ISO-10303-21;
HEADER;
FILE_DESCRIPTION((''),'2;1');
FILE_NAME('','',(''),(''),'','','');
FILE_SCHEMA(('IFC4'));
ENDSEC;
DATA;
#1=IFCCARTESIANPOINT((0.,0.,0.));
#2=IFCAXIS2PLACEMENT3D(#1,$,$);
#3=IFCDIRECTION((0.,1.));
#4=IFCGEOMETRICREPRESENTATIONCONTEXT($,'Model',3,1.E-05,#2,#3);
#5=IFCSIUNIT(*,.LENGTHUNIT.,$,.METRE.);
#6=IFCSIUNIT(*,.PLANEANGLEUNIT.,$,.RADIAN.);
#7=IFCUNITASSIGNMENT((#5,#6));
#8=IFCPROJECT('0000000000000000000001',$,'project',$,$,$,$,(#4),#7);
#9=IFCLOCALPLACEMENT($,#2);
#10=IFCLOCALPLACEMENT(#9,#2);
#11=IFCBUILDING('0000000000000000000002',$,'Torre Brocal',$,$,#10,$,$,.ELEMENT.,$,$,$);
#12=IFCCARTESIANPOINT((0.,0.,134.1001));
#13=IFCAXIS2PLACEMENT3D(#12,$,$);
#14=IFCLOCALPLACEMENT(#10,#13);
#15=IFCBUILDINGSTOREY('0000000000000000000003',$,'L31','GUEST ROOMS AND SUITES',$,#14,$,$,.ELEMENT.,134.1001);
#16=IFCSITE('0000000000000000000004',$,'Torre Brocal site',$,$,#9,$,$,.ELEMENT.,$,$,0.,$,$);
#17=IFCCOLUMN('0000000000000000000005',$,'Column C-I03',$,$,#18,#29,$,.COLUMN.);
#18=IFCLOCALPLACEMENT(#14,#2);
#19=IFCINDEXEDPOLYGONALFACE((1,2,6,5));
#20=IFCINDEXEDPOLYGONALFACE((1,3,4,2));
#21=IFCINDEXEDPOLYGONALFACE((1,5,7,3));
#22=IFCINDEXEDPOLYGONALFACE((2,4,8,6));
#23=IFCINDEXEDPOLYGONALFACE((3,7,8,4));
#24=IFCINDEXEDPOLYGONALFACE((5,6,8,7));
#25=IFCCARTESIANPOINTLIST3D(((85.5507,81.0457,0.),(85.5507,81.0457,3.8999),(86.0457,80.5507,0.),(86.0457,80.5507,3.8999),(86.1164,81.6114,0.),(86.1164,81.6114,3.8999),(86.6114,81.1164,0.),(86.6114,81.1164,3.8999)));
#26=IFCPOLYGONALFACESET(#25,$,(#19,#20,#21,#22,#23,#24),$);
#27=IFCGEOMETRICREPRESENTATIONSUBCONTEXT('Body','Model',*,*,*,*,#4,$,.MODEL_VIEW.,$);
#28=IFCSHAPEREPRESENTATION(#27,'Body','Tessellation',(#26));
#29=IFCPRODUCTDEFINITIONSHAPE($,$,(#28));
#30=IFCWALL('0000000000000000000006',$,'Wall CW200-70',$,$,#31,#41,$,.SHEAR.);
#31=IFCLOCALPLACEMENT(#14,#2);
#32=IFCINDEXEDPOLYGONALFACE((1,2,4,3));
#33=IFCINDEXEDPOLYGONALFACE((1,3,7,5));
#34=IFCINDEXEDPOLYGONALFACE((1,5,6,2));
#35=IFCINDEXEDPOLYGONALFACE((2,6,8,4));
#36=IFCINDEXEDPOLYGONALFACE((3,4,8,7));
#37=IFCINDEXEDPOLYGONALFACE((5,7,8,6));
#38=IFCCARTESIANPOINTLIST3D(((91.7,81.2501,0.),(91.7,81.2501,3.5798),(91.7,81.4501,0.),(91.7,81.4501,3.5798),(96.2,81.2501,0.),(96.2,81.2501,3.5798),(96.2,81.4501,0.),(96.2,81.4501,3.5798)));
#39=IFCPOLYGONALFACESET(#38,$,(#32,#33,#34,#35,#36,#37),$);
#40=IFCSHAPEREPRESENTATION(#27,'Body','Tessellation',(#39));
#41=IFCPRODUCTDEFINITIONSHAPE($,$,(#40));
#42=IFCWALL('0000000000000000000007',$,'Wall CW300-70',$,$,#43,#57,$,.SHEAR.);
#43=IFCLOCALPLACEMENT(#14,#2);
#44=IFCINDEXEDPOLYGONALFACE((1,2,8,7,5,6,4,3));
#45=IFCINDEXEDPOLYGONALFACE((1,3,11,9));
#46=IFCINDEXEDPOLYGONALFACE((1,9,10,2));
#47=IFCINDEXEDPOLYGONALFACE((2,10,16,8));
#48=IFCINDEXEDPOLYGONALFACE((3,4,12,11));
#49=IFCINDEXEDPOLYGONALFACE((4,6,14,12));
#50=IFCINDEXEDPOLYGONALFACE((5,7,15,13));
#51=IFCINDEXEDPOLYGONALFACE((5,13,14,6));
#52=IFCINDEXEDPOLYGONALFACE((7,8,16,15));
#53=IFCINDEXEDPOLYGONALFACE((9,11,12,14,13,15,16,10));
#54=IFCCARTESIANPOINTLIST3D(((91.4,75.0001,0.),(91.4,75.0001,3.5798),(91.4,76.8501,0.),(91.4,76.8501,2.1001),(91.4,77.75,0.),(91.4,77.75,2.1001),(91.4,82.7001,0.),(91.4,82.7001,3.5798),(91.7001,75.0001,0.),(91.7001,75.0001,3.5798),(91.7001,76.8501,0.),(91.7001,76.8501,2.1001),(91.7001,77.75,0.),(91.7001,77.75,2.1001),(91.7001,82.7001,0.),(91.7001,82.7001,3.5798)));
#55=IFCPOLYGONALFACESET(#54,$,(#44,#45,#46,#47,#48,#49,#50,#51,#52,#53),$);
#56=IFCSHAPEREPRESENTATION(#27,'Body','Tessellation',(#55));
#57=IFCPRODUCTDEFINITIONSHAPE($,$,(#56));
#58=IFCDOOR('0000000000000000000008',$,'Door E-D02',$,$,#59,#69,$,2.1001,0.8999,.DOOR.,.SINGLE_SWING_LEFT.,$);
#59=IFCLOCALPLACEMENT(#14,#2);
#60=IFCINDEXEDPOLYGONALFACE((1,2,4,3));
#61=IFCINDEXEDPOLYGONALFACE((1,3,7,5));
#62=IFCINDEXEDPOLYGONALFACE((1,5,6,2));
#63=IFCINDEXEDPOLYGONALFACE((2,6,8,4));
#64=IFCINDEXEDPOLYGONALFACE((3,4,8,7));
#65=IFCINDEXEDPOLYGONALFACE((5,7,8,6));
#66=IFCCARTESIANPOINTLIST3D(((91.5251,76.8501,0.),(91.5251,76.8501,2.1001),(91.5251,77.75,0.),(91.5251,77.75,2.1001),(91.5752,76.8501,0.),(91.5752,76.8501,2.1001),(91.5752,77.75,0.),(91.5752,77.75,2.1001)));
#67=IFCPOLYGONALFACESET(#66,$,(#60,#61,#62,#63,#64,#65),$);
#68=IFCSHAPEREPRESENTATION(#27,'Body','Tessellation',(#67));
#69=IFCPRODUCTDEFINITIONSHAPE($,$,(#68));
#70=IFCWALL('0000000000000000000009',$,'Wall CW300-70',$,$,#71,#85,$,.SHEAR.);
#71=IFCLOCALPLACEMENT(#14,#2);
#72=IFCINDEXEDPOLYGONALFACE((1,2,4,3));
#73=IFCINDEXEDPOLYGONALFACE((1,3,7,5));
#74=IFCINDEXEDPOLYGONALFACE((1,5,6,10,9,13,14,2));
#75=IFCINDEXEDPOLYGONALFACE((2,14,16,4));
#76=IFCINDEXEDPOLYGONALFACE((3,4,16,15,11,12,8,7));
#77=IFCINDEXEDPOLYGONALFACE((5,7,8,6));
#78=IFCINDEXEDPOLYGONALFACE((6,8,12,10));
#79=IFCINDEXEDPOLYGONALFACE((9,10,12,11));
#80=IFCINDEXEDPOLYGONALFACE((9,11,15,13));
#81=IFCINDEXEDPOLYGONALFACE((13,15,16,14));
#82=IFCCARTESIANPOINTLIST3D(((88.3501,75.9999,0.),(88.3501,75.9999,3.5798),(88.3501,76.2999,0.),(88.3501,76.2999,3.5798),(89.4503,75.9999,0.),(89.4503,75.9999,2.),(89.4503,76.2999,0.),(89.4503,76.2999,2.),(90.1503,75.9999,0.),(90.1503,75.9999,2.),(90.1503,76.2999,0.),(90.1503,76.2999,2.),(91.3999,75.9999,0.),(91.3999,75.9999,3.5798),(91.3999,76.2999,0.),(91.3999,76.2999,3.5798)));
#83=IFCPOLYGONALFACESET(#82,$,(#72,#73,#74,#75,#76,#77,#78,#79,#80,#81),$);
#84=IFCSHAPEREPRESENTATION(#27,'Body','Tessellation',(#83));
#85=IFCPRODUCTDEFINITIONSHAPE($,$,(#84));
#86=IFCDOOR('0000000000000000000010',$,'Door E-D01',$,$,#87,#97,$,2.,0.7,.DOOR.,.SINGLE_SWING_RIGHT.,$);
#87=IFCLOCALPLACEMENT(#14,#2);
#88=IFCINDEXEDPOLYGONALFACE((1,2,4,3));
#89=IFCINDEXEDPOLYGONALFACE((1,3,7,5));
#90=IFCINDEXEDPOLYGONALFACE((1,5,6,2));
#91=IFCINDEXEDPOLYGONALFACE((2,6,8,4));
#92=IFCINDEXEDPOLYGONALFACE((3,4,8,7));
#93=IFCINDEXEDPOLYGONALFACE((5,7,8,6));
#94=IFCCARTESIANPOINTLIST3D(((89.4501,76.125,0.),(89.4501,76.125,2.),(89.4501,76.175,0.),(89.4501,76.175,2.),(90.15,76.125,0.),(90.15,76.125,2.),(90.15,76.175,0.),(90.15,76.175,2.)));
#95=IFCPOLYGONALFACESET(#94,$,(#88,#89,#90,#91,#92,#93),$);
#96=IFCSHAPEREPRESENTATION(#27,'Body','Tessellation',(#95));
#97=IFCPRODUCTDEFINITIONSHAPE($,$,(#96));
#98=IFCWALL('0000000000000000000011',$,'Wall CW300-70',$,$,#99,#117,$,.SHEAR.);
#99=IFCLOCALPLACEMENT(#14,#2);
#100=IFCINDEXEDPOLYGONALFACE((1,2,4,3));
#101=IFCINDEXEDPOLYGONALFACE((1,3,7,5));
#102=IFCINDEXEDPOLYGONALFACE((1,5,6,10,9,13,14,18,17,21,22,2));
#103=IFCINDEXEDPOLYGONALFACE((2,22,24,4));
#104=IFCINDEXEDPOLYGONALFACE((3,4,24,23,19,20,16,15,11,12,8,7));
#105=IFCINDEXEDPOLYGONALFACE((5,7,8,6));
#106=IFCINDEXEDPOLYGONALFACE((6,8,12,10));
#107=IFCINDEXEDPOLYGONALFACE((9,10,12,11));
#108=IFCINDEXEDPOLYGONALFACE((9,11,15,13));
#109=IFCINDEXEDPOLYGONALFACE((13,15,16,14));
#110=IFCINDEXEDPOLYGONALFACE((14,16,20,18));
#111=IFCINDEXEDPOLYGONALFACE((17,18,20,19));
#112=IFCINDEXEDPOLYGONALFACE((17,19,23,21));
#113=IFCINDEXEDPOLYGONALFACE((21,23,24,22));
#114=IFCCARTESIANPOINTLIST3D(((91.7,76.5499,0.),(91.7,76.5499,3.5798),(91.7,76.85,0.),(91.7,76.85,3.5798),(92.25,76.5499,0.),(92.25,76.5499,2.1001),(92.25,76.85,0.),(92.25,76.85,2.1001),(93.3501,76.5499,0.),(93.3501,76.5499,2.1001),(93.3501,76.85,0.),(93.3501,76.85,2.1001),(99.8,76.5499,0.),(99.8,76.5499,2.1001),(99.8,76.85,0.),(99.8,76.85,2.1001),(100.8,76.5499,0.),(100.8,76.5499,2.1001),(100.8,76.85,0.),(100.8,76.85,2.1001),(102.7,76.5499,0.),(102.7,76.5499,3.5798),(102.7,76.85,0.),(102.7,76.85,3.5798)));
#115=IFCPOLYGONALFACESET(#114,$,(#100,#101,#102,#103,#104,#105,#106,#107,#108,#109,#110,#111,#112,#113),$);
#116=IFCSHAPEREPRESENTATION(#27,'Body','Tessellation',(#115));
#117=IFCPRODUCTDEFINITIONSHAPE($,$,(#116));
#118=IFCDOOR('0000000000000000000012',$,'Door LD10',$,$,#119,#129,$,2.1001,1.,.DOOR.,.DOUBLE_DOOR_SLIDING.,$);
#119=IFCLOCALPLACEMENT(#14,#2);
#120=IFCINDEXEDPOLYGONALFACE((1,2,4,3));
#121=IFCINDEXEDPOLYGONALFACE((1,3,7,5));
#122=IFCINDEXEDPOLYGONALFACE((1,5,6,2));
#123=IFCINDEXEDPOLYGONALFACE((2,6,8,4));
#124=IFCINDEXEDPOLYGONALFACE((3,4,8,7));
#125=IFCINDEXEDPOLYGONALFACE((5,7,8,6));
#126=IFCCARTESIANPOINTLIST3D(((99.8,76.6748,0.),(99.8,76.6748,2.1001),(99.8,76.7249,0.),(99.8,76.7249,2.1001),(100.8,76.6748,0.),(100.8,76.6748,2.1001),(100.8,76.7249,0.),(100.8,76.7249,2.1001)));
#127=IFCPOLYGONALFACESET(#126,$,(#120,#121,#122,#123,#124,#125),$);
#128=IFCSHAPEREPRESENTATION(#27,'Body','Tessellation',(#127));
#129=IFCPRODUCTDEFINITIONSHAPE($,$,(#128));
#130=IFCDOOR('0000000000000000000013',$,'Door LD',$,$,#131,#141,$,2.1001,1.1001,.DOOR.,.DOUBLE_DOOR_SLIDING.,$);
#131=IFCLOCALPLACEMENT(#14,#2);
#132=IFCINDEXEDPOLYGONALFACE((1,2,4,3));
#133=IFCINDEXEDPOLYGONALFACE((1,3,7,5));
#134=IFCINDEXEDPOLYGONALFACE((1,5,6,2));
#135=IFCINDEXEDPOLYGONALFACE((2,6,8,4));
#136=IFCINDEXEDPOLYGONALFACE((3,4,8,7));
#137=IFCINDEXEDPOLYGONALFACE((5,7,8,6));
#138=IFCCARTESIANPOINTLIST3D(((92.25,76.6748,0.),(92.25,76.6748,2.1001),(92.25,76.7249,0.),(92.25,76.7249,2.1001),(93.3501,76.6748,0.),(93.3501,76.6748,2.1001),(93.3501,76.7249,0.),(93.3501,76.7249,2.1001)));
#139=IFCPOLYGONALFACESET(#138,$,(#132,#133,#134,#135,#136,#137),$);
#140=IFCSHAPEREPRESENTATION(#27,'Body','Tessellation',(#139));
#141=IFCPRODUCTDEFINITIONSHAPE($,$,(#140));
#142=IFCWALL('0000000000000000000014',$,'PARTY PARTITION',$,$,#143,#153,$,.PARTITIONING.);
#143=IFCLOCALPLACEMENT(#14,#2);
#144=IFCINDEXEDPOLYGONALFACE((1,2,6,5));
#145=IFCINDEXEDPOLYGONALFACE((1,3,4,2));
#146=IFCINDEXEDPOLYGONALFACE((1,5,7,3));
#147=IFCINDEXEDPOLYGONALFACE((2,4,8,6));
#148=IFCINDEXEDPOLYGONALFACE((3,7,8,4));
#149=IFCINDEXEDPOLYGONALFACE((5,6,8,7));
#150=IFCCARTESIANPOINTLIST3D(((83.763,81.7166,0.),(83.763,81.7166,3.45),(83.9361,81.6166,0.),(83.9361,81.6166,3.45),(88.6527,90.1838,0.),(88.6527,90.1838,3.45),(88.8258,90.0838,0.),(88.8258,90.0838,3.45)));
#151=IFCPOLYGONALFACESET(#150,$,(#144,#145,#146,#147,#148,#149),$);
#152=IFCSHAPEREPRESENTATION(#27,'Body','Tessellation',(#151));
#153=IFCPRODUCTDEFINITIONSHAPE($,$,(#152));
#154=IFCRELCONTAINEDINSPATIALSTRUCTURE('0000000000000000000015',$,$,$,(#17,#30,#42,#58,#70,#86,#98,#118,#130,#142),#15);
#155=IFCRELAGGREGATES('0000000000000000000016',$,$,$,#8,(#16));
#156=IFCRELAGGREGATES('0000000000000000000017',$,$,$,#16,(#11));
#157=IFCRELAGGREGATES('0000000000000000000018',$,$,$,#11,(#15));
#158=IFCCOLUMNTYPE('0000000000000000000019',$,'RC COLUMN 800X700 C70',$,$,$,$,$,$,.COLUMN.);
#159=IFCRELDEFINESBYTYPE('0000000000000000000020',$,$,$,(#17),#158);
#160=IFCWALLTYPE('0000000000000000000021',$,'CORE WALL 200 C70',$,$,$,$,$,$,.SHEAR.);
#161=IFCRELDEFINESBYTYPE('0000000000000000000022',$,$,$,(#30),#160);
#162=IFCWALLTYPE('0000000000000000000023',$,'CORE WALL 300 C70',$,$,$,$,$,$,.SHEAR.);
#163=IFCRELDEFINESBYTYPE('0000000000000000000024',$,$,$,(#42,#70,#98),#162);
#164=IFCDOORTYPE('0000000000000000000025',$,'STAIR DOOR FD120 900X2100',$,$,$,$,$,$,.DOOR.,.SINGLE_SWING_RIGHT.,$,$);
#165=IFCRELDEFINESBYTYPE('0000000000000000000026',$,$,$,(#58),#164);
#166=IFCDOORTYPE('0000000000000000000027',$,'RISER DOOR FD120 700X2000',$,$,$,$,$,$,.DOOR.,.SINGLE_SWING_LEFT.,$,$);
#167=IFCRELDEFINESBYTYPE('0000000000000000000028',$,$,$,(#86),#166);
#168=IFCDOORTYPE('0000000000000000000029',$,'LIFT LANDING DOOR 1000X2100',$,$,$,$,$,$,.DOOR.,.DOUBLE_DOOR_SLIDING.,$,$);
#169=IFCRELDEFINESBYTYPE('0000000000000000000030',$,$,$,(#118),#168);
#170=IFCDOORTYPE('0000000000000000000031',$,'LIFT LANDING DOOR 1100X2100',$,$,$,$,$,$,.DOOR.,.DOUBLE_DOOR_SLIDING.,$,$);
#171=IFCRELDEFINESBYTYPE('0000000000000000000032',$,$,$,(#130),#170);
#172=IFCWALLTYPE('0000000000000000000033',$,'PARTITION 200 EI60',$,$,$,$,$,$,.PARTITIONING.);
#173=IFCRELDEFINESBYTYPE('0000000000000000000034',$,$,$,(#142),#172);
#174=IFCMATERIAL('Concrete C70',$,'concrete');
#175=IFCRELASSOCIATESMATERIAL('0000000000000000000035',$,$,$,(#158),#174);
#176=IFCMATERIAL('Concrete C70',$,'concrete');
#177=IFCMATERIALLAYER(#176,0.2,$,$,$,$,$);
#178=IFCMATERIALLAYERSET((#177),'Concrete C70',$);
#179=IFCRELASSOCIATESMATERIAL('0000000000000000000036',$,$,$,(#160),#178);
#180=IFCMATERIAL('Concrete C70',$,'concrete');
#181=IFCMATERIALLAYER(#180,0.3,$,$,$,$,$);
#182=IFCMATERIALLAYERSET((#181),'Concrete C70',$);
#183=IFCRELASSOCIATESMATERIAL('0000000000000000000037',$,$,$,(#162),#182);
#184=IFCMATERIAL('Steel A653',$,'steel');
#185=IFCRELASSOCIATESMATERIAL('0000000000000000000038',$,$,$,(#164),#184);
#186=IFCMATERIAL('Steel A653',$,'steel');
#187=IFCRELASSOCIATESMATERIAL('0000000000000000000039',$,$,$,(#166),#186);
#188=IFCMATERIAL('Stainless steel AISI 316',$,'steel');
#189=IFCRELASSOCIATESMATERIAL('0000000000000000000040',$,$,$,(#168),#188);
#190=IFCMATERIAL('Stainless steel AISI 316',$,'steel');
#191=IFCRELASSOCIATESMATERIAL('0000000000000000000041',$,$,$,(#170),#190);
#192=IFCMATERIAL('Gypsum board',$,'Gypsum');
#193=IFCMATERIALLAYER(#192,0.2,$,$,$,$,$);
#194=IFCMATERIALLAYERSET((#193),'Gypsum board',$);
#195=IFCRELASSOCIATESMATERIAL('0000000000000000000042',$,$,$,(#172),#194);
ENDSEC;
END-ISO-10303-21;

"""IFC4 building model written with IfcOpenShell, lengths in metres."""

from ifc_helpers import new_model, si_unit, direction, frame, frame_2d, origin, origin_2d, place, context, subcontext, project, spatial, rectangle, extrude, material, layer, layer_set, material_profile, profile_set, type_object, element, fill, save


model = new_model("IFC4")

# Units and contexts
model_context = context("Model", 3, precision=1e-05, world=origin(), true_north=direction((0.0, 1.0)))
body_context = subcontext(model_context, "Body", "Model", "MODEL_VIEW")
ifc_project = project(units=[si_unit("LENGTHUNIT", "METRE"), si_unit("PLANEANGLEUNIT", "RADIAN")], contexts=[model_context])

# Site, building, storey
site_placement = place(None, origin())
site = spatial("IfcSite", under=ifc_project, at=site_placement, Name="Torre Brocal site", CompositionType="ELEMENT", RefElevation=0.0)
building_placement = place(site_placement, origin())
building = spatial("IfcBuilding", under=site, at=building_placement, Name="Torre Brocal", CompositionType="ELEMENT")
storey_placement = place(building_placement, frame((0.0, 0.0, 134.1001)))
storey = spatial("IfcBuildingStorey", under=building, at=storey_placement, Name="L31", Description="GUEST ROOMS AND SUITES", CompositionType="ELEMENT", Elevation=134.1001)

# Column
ifc_material_1 = material(Name="Concrete C70", Category="concrete")
ifc_material_profile = material_profile(ifc_material_1, rectangle(XDim=0.8, YDim=0.7, at=origin_2d()), Name="RC 800X700")
ifc_profile_set = profile_set([ifc_material_profile], Name="Concrete C70")
column_type = type_object("IfcColumnType", Name="RC COLUMN 800X700 C70", PredefinedType="COLUMN", material=ifc_profile_set)
column_placement = place(storey_placement, frame((86.0811, 81.0811, 0.0), z_axis=(0.0, 0.0, 1.0), x_axis=(0.707107, 0.707107, 0.0)))
element("IfcColumn", 1, at=column_placement, inside=storey, type_object=column_type, Name="Column C-I03", PredefinedType="COLUMN", context=body_context, shape_type="SweptSolid", body=[
    extrude(rectangle(XDim=0.8, YDim=0.7, at=origin_2d()), origin(), (0.0, 0.0, 1.0), 3.8999),
])

# Wall
ifc_material_2 = material(Name="Concrete C70", Category="concrete")
ifc_layer_1 = layer(ifc_material_2, 0.2)
ifc_layer_set_1 = layer_set([ifc_layer_1], Name="Concrete C70")
wall_type_1 = type_object("IfcWallType", Name="CORE WALL 200 C70", PredefinedType="SHEAR", material=ifc_layer_set_1)
wall_1_placement = place(storey_placement, frame((91.7, 81.3501, 0.0), z_axis=(0.0, 0.0, 1.0), x_axis=(1.0, 0.0, 0.0)))
element("IfcWall", 2, at=wall_1_placement, inside=storey, type_object=wall_type_1, Name="Wall CW200-70", PredefinedType="SHEAR", context=body_context, shape_type="SweptSolid", body=[
    extrude(rectangle(XDim=4.5, YDim=0.2, at=frame_2d((2.25, 0.0))), origin(), (0.0, 0.0, 1.0), 3.5798),
])

# Walls, openings, doors
ifc_material_3 = material(Name="Concrete C70", Category="concrete")
ifc_layer_2 = layer(ifc_material_3, 0.3)
ifc_layer_set_2 = layer_set([ifc_layer_2], Name="Concrete C70")
wall_type_2 = type_object("IfcWallType", Name="CORE WALL 300 C70", PredefinedType="SHEAR", material=ifc_layer_set_2)
wall_2_placement = place(storey_placement, frame((91.55, 75.0, 0.0), z_axis=(0.0, 0.0, 1.0), x_axis=(0.0, 1.0, 0.0)))
wall_2 = element("IfcWall", 3, at=wall_2_placement, inside=storey, type_object=wall_type_2, Name="Wall CW300-70", PredefinedType="SHEAR", context=body_context, shape_type="SweptSolid", body=[
    extrude(rectangle(XDim=7.7, YDim=0.3, at=frame_2d((3.8501, 0.0))), origin(), (0.0, 0.0, 1.0), 3.5798),
])
opening_1_placement = place(wall_2_placement, frame((1.8501, 0.0, 0.0)))
opening_1 = element("IfcOpeningElement", 4, at=opening_1_placement, cuts=wall_2, PredefinedType="OPENING", context=body_context, shape_type="SweptSolid", body=[
    extrude(rectangle(XDim=0.8999, YDim=2.1001, at=frame_2d((0.45, 1.05))), frame((0.0, 0.1599, 0.0), z_axis=(0.0, -1.0, 0.0), x_axis=(1.0, 0.0, 0.0)), (0.0, 0.0, 1.0), 0.3201),
])
ifc_material_4 = material(Name="Steel A653", Category="steel")
door_type_1 = type_object("IfcDoorType", Name="STAIR DOOR FD120 900X2100", OperationType="SINGLE_SWING_RIGHT", PredefinedType="DOOR", material=ifc_material_4)
door_1_placement = place(opening_1_placement, origin())
door_1 = element("IfcDoor", 5, at=door_1_placement, inside=storey, type_object=door_type_1, Name="Door E-D02", OperationType="SINGLE_SWING_LEFT", OverallHeight=2.1001, OverallWidth=0.8999, PredefinedType="DOOR", context=body_context, shape_type="SweptSolid", body=[
    extrude(rectangle(XDim=0.8999, YDim=2.1001, at=frame_2d((0.45, 1.05))), frame((0.0, 0.0249, 0.0), z_axis=(0.0, -1.0, 0.0), x_axis=(1.0, 0.0, 0.0)), (0.0, 0.0, 1.0), 0.05),
])
fill(opening_1, door_1)
wall_3_placement = place(storey_placement, frame((88.3501, 76.1499, 0.0), z_axis=(0.0, 0.0, 1.0), x_axis=(1.0, 0.0, 0.0)))
wall_3 = element("IfcWall", 6, at=wall_3_placement, inside=storey, type_object=wall_type_2, Name="Wall CW300-70", PredefinedType="SHEAR", context=body_context, shape_type="SweptSolid", body=[
    extrude(rectangle(XDim=3.0498, YDim=0.3, at=frame_2d((1.5249, 0.0))), origin(), (0.0, 0.0, 1.0), 3.5798),
])
opening_2_placement = place(wall_3_placement, frame((1.1001, 0.0, 0.0)))
opening_2 = element("IfcOpeningElement", 7, at=opening_2_placement, cuts=wall_3, PredefinedType="OPENING", context=body_context, shape_type="SweptSolid", body=[
    extrude(rectangle(XDim=0.7, YDim=2.0, at=frame_2d((0.3501, 1.0))), frame((0.0, 0.1599, 0.0), z_axis=(0.0, -1.0, 0.0), x_axis=(1.0, 0.0, 0.0)), (0.0, 0.0, 1.0), 0.3201),
])
ifc_material_5 = material(Name="Steel A653", Category="steel")
door_type_2 = type_object("IfcDoorType", Name="RISER DOOR FD120 700X2000", OperationType="SINGLE_SWING_LEFT", PredefinedType="DOOR", material=ifc_material_5)
door_2_placement = place(opening_2_placement, frame((0.7, 0.0, 0.0), z_axis=(0.0, 0.0, 1.0), x_axis=(-1.0, 0.0, 0.0)))
door_2 = element("IfcDoor", 8, at=door_2_placement, inside=storey, type_object=door_type_2, Name="Door E-D01", OperationType="SINGLE_SWING_RIGHT", OverallHeight=2.0, OverallWidth=0.7, PredefinedType="DOOR", context=body_context, shape_type="SweptSolid", body=[
    extrude(rectangle(XDim=0.7, YDim=2.0, at=frame_2d((0.3501, 1.0))), frame((0.0, 0.0249, 0.0), z_axis=(0.0, -1.0, 0.0), x_axis=(1.0, 0.0, 0.0)), (0.0, 0.0, 1.0), 0.05),
])
fill(opening_2, door_2)

# Wall, openings, doors
wall_4_placement = place(storey_placement, frame((91.7, 76.7, 0.0), z_axis=(0.0, 0.0, 1.0), x_axis=(1.0, 0.0, 0.0)))
wall_4 = element("IfcWall", 9, at=wall_4_placement, inside=storey, type_object=wall_type_2, Name="Wall CW300-70", PredefinedType="SHEAR", context=body_context, shape_type="SweptSolid", body=[
    extrude(rectangle(XDim=11.0, YDim=0.3, at=frame_2d((5.5, 0.0))), origin(), (0.0, 0.0, 1.0), 3.5798),
])
opening_3_placement = place(wall_4_placement, frame((0.55, 0.0, 0.0)))
opening_3 = element("IfcOpeningElement", 10, at=opening_3_placement, cuts=wall_4, PredefinedType="OPENING", context=body_context, shape_type="SweptSolid", body=[
    extrude(rectangle(XDim=1.1001, YDim=2.1001, at=frame_2d((0.55, 1.05))), frame((0.0, 0.1599, 0.0), z_axis=(0.0, -1.0, 0.0), x_axis=(1.0, 0.0, 0.0)), (0.0, 0.0, 1.0), 0.3201),
])
opening_4_placement = place(wall_4_placement, frame((8.1001, 0.0, 0.0)))
opening_4 = element("IfcOpeningElement", 11, at=opening_4_placement, cuts=wall_4, PredefinedType="OPENING", context=body_context, shape_type="SweptSolid", body=[
    extrude(rectangle(XDim=1.0, YDim=2.1001, at=frame_2d((0.5, 1.05))), frame((0.0, 0.1599, 0.0), z_axis=(0.0, -1.0, 0.0), x_axis=(1.0, 0.0, 0.0)), (0.0, 0.0, 1.0), 0.3201),
])
ifc_material_6 = material(Name="Stainless steel AISI 316", Category="steel")
door_type_3 = type_object("IfcDoorType", Name="LIFT LANDING DOOR 1000X2100", OperationType="DOUBLE_DOOR_SLIDING", PredefinedType="DOOR", material=ifc_material_6)
door_3_placement = place(opening_4_placement, origin())
door_3 = element("IfcDoor", 12, at=door_3_placement, inside=storey, type_object=door_type_3, Name="Door LD10", OperationType="DOUBLE_DOOR_SLIDING", OverallHeight=2.1001, OverallWidth=1.0, PredefinedType="DOOR", context=body_context, shape_type="SweptSolid", body=[
    extrude(rectangle(XDim=1.0, YDim=2.1001, at=frame_2d((0.5, 1.05))), frame((0.0, 0.0249, 0.0), z_axis=(0.0, -1.0, 0.0), x_axis=(1.0, 0.0, 0.0)), (0.0, 0.0, 1.0), 0.05),
])
fill(opening_4, door_3)
ifc_material_7 = material(Name="Stainless steel AISI 316", Category="steel")
door_type_4 = type_object("IfcDoorType", Name="LIFT LANDING DOOR 1100X2100", OperationType="DOUBLE_DOOR_SLIDING", PredefinedType="DOOR", material=ifc_material_7)
door_4_placement = place(opening_3_placement, origin())
door_4 = element("IfcDoor", 13, at=door_4_placement, inside=storey, type_object=door_type_4, Name="Door LD", OperationType="DOUBLE_DOOR_SLIDING", OverallHeight=2.1001, OverallWidth=1.1001, PredefinedType="DOOR", context=body_context, shape_type="SweptSolid", body=[
    extrude(rectangle(XDim=1.1001, YDim=2.1001, at=frame_2d((0.55, 1.05))), frame((0.0, 0.0249, 0.0), z_axis=(0.0, -1.0, 0.0), x_axis=(1.0, 0.0, 0.0)), (0.0, 0.0, 1.0), 0.05),
])
fill(opening_3, door_4)

# Wall
ifc_material_8 = material(Name="Gypsum board", Category="Gypsum")
ifc_layer_3 = layer(ifc_material_8, 0.2)
ifc_layer_set_3 = layer_set([ifc_layer_3], Name="Gypsum board")
wall_type_3 = type_object("IfcWallType", Name="PARTITION 200 EI60", PredefinedType="PARTITIONING", material=ifc_layer_set_3)
wall_5_placement = place(storey_placement, frame((83.8496, 81.6667, 0.0), z_axis=(0.0, 0.0, 1.0), x_axis=(0.500092, 0.865972, 0.0)))
element("IfcWall", 14, at=wall_5_placement, inside=storey, type_object=wall_type_3, Name="PARTY PARTITION", PredefinedType="PARTITIONING", context=body_context, shape_type="SweptSolid", body=[
    extrude(rectangle(XDim=9.7776, YDim=0.2, at=frame_2d((4.8887, 0.0))), origin(), (0.0, 0.0, 1.0), 3.45),
])

save(model, "model.ifc")
